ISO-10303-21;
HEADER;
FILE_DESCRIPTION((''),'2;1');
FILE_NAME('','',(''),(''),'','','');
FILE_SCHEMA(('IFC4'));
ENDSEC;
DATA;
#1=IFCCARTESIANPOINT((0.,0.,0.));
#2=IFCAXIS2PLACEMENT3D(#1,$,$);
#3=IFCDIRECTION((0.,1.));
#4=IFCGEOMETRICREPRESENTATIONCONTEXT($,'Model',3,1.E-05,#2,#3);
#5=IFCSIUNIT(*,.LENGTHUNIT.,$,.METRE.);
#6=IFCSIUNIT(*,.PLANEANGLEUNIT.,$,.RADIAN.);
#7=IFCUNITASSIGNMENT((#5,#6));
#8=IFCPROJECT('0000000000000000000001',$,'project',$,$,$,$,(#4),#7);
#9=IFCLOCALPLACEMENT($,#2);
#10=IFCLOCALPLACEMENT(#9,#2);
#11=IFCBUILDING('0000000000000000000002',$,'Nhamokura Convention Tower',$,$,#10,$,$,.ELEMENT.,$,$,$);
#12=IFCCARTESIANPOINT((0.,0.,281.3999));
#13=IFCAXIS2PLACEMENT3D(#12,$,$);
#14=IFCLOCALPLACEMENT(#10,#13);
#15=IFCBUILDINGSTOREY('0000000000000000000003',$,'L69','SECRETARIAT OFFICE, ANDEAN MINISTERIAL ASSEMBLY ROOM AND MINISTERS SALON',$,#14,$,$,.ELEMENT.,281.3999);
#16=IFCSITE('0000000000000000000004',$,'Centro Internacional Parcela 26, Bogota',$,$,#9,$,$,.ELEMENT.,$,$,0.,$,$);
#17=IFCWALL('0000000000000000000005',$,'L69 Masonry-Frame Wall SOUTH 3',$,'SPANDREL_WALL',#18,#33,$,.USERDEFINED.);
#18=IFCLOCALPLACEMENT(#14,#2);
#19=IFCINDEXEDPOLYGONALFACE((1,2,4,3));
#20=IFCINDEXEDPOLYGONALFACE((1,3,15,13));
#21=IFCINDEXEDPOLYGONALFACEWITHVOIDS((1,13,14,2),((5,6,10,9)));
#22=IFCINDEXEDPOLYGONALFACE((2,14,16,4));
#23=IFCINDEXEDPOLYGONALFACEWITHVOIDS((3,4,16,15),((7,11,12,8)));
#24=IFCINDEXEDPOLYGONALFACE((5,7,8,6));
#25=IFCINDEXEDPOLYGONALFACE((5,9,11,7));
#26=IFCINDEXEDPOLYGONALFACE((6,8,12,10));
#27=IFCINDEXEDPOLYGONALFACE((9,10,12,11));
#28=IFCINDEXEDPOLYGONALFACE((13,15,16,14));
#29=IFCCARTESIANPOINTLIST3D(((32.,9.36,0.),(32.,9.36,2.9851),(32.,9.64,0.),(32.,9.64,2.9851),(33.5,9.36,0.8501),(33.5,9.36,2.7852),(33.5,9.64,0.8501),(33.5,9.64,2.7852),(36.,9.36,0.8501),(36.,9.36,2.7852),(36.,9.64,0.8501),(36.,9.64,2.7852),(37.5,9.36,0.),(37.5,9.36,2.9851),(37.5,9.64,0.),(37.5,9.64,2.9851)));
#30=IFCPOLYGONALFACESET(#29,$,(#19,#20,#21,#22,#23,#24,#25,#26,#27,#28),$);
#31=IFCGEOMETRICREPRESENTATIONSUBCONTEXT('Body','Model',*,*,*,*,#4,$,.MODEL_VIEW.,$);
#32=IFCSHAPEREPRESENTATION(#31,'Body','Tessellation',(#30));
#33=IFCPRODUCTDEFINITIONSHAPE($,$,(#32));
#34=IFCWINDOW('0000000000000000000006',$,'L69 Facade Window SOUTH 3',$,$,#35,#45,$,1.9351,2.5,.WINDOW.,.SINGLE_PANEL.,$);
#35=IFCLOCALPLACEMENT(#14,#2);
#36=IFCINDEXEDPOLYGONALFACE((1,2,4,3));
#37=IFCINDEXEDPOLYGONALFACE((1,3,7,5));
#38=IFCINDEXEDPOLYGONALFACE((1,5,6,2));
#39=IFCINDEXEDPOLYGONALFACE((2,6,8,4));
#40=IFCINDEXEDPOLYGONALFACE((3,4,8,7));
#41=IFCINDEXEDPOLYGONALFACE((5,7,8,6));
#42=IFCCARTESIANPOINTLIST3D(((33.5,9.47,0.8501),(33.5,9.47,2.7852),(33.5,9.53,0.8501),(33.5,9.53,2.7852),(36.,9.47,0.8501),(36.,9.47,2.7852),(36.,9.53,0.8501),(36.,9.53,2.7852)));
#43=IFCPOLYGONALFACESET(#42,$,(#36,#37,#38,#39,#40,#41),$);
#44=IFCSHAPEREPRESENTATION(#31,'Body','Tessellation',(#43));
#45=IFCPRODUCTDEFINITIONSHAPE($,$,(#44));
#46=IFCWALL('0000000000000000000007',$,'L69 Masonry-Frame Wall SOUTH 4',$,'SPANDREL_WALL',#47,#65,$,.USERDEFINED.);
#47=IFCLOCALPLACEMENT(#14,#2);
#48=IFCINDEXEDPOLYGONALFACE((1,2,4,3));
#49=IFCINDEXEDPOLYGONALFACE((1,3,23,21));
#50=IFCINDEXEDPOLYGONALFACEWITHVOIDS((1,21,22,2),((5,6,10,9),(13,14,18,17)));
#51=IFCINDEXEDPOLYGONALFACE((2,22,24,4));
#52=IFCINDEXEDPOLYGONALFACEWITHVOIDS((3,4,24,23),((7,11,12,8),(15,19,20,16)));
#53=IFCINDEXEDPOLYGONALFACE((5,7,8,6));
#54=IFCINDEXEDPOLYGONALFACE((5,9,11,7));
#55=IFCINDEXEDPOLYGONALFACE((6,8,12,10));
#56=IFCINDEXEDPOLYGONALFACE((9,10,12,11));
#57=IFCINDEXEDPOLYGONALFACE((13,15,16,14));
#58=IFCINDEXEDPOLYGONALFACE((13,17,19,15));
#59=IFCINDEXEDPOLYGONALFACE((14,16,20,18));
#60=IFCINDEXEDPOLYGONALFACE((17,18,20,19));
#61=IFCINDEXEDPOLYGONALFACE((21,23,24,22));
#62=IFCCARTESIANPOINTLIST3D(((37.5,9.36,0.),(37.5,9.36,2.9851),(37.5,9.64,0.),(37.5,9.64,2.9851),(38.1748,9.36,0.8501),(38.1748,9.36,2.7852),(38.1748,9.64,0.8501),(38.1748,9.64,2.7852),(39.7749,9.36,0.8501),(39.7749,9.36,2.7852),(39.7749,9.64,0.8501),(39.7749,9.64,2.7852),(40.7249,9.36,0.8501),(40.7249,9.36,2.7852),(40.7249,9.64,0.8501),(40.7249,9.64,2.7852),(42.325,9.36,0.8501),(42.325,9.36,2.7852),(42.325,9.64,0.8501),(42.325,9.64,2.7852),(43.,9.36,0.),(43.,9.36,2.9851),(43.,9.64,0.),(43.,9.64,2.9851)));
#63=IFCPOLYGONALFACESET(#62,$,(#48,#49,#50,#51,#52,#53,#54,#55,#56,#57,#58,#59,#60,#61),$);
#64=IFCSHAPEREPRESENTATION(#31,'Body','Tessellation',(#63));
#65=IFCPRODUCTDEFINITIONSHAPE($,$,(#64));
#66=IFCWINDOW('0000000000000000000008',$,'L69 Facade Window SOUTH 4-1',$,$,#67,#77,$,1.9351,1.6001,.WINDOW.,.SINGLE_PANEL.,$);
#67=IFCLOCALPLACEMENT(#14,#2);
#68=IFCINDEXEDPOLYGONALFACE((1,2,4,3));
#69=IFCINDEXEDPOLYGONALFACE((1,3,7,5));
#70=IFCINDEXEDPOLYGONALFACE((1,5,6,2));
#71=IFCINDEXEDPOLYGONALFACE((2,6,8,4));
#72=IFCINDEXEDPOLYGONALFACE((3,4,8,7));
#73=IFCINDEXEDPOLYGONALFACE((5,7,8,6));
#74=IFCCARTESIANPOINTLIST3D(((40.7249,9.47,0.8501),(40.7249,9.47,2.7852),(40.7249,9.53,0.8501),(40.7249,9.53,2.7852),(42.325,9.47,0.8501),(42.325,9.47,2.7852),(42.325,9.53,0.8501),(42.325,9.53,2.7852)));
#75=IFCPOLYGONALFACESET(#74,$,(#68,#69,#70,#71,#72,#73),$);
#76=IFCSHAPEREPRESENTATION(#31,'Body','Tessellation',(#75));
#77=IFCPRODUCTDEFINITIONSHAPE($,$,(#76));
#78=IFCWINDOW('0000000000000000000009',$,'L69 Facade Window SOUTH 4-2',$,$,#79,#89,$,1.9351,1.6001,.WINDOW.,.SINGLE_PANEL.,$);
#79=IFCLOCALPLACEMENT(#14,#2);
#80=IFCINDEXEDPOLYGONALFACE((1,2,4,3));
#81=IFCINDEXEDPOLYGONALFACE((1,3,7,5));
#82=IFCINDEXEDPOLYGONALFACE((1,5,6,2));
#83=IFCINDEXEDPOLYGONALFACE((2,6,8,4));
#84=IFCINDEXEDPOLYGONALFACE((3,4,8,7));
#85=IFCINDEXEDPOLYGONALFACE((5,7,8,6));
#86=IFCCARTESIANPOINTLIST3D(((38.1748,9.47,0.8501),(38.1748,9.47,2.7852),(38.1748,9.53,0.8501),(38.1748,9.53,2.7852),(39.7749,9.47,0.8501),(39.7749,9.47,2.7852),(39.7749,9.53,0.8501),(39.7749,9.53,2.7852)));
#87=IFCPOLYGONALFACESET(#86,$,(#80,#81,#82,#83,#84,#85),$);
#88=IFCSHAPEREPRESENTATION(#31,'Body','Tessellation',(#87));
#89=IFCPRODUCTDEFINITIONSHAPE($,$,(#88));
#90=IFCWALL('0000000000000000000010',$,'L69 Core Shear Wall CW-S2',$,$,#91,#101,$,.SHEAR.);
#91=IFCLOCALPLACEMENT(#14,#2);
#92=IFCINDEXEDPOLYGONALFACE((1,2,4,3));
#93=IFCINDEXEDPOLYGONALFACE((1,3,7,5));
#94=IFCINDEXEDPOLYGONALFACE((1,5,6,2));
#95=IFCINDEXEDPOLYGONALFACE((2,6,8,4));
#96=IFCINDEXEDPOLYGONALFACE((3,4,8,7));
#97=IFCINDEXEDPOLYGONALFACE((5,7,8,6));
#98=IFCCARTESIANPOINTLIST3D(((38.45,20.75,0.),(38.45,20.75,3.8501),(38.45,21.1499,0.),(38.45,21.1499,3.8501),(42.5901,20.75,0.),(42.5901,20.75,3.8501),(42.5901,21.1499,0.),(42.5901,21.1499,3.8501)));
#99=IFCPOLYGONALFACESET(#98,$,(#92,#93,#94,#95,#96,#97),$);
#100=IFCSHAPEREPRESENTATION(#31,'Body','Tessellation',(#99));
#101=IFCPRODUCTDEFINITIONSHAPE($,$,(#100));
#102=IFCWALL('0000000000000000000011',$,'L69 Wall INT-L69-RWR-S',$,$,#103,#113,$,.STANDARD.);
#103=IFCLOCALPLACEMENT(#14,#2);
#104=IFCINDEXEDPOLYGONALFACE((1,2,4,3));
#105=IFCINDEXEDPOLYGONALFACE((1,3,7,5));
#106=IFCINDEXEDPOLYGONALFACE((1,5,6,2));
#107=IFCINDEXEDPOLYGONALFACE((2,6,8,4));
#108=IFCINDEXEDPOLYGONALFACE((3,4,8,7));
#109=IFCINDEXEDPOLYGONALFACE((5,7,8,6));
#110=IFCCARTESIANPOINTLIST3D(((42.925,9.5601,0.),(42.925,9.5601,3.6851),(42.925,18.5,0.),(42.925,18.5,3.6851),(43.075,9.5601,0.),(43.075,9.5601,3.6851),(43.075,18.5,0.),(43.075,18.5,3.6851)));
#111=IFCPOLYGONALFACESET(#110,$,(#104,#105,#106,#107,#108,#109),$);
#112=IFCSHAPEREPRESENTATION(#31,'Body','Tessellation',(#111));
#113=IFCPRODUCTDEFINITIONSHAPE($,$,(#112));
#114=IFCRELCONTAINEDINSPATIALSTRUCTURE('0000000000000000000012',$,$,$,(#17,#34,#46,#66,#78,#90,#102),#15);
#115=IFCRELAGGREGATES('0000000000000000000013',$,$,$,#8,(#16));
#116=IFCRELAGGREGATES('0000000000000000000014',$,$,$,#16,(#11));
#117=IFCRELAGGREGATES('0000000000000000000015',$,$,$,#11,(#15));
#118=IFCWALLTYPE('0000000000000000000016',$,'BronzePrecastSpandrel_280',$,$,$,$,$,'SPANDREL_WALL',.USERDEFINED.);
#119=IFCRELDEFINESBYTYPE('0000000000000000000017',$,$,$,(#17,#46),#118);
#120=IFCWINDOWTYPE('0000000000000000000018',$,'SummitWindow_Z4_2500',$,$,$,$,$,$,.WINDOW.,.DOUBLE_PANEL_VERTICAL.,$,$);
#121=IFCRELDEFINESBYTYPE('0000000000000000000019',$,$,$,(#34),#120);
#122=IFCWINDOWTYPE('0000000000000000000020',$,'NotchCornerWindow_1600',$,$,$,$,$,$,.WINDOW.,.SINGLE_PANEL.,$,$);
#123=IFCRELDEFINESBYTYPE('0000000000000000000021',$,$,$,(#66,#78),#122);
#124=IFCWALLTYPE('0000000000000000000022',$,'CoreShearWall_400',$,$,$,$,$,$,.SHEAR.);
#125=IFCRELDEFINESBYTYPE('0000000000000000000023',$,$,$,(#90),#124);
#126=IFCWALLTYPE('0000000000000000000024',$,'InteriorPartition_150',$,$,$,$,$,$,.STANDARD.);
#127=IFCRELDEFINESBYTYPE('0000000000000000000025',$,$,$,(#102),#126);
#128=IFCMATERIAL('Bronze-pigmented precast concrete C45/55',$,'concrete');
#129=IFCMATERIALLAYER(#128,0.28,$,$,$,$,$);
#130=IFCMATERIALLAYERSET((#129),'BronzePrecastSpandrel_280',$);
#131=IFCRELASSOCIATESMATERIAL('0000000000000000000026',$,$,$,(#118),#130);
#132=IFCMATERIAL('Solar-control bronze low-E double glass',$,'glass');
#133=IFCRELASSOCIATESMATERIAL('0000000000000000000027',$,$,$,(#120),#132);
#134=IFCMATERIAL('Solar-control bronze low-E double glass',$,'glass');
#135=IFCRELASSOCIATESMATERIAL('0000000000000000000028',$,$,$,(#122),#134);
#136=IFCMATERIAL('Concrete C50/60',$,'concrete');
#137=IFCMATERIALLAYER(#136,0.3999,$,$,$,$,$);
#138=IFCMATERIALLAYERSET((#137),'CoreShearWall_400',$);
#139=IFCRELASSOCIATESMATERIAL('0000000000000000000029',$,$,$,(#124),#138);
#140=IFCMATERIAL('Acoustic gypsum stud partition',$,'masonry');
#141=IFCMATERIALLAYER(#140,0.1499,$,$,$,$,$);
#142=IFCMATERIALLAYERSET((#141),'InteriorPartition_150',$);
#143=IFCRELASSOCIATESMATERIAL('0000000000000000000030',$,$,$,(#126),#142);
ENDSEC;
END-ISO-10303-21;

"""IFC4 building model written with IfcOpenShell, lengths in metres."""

from ifc_helpers import new_model, si_unit, direction, frame, frame_2d, origin, place, context, subcontext, project, spatial, rectangle, extrude, material, layer, layer_set, type_object, element, fill, save


model = new_model("IFC4")

# Units and contexts
model_context = context("Model", 3, precision=1e-05, world=origin(), true_north=direction((0.0, 1.0)))
body_context = subcontext(model_context, "Body", "Model", "MODEL_VIEW")
ifc_project = project(units=[si_unit("LENGTHUNIT", "METRE"), si_unit("PLANEANGLEUNIT", "RADIAN")], contexts=[model_context])

# Site, building, storey
site_placement = place(None, origin())
site = spatial("IfcSite", under=ifc_project, at=site_placement, Name="Centro Internacional Parcela 26, Bogota", CompositionType="ELEMENT", RefElevation=0.0)
building_placement = place(site_placement, origin())
building = spatial("IfcBuilding", under=site, at=building_placement, Name="Nhamokura Convention Tower", CompositionType="ELEMENT")
storey_placement = place(building_placement, frame((0.0, 0.0, 281.3999)))
storey = spatial("IfcBuildingStorey", under=building, at=storey_placement, Name="L69", Description="SECRETARIAT OFFICE, ANDEAN MINISTERIAL ASSEMBLY ROOM AND MINISTERS SALON", CompositionType="ELEMENT", Elevation=281.3999)

# Wall, opening, window
ifc_material_1 = material(Name="Bronze-pigmented precast concrete C45/55", Category="concrete")
ifc_layer_1 = layer(ifc_material_1, 0.28)
ifc_layer_set_1 = layer_set([ifc_layer_1], Name="BronzePrecastSpandrel_280")
wall_type_1 = type_object("IfcWallType", Name="BronzePrecastSpandrel_280", ElementType="SPANDREL_WALL", PredefinedType="USERDEFINED", material=ifc_layer_set_1)
ifc_material_2 = material(Name="Solar-control bronze low-E double glass", Category="glass")
window_type_1 = type_object("IfcWindowType", Name="SummitWindow_Z4_2500", PartitioningType="DOUBLE_PANEL_VERTICAL", PredefinedType="WINDOW", material=ifc_material_2)
wall_1_placement = place(storey_placement, frame((37.5, 9.5, 0.0), z_axis=(0.0, 0.0, 1.0), x_axis=(-1.0, 0.0, 0.0)))
wall_1 = element("IfcWall", 1, at=wall_1_placement, inside=storey, type_object=wall_type_1, Name="L69 Masonry-Frame Wall SOUTH 3", ObjectType="SPANDREL_WALL", PredefinedType="USERDEFINED", context=body_context, shape_type="SweptSolid", body=[
    extrude(rectangle(XDim=5.5, YDim=0.28, at=frame_2d((2.75, 0.0))), origin(), (0.0, 0.0, 1.0), 2.9851),
])
opening_1_placement = place(wall_1_placement, frame((1.5, 0.0, 0.8501)))
opening_1 = element("IfcOpeningElement", 2, at=opening_1_placement, cuts=wall_1, PredefinedType="OPENING", context=body_context, shape_type="SweptSolid", body=[
    extrude(rectangle(XDim=2.5, YDim=1.9351, at=frame_2d((1.25, 0.9675))), frame((0.0, 0.1499, 0.0), z_axis=(0.0, -1.0, 0.0), x_axis=(1.0, 0.0, 0.0)), (0.0, 0.0, 1.0), 0.3),
])
window_1_placement = place(opening_1_placement, origin())
window_1 = element("IfcWindow", 3, at=window_1_placement, inside=storey, type_object=window_type_1, Name="L69 Facade Window SOUTH 3", OverallHeight=1.9351, OverallWidth=2.5, PartitioningType="SINGLE_PANEL", PredefinedType="WINDOW", context=body_context, shape_type="SweptSolid", body=[
    extrude(rectangle(XDim=2.5, YDim=1.9351, at=frame_2d((1.25, 0.9675))), frame((0.0, 0.03, 0.0), z_axis=(0.0, -1.0, 0.0), x_axis=(1.0, 0.0, 0.0)), (0.0, 0.0, 1.0), 0.0601),
])
fill(opening_1, window_1)

# Wall, openings, windows
wall_2_placement = place(storey_placement, frame((43.0, 9.5, 0.0), z_axis=(0.0, 0.0, 1.0), x_axis=(-1.0, 0.0, 0.0)))
wall_2 = element("IfcWall", 4, at=wall_2_placement, inside=storey, type_object=wall_type_1, Name="L69 Masonry-Frame Wall SOUTH 4", ObjectType="SPANDREL_WALL", PredefinedType="USERDEFINED", context=body_context, shape_type="SweptSolid", body=[
    extrude(rectangle(XDim=5.5, YDim=0.28, at=frame_2d((2.75, 0.0))), origin(), (0.0, 0.0, 1.0), 2.9851),
])
opening_2_placement = place(wall_2_placement, frame((0.675, 0.0, 0.8501)))
opening_2 = element("IfcOpeningElement", 5, at=opening_2_placement, cuts=wall_2, PredefinedType="OPENING", context=body_context, shape_type="SweptSolid", body=[
    extrude(rectangle(XDim=1.6001, YDim=1.9351, at=frame_2d((0.8, 0.9675))), frame((0.0, 0.1499, 0.0), z_axis=(0.0, -1.0, 0.0), x_axis=(1.0, 0.0, 0.0)), (0.0, 0.0, 1.0), 0.3),
])
opening_3_placement = place(wall_2_placement, frame((3.2251, 0.0, 0.8501)))
opening_3 = element("IfcOpeningElement", 6, at=opening_3_placement, cuts=wall_2, PredefinedType="OPENING", context=body_context, shape_type="SweptSolid", body=[
    extrude(rectangle(XDim=1.6001, YDim=1.9351, at=frame_2d((0.8, 0.9675))), frame((0.0, 0.1499, 0.0), z_axis=(0.0, -1.0, 0.0), x_axis=(1.0, 0.0, 0.0)), (0.0, 0.0, 1.0), 0.3),
])
ifc_material_3 = material(Name="Solar-control bronze low-E double glass", Category="glass")
window_type_2 = type_object("IfcWindowType", Name="NotchCornerWindow_1600", PartitioningType="SINGLE_PANEL", PredefinedType="WINDOW", material=ifc_material_3)
window_2_placement = place(opening_2_placement, origin())
window_2 = element("IfcWindow", 7, at=window_2_placement, inside=storey, type_object=window_type_2, Name="L69 Facade Window SOUTH 4-1", OverallHeight=1.9351, OverallWidth=1.6001, PartitioningType="SINGLE_PANEL", PredefinedType="WINDOW", context=body_context, shape_type="SweptSolid", body=[
    extrude(rectangle(XDim=1.6001, YDim=1.9351, at=frame_2d((0.8, 0.9675))), frame((0.0, 0.03, 0.0), z_axis=(0.0, -1.0, 0.0), x_axis=(1.0, 0.0, 0.0)), (0.0, 0.0, 1.0), 0.0601),
])
fill(opening_2, window_2)
window_3_placement = place(opening_3_placement, origin())
window_3 = element("IfcWindow", 8, at=window_3_placement, inside=storey, type_object=window_type_2, Name="L69 Facade Window SOUTH 4-2", OverallHeight=1.9351, OverallWidth=1.6001, PartitioningType="SINGLE_PANEL", PredefinedType="WINDOW", context=body_context, shape_type="SweptSolid", body=[
    extrude(rectangle(XDim=1.6001, YDim=1.9351, at=frame_2d((0.8, 0.9675))), frame((0.0, 0.03, 0.0), z_axis=(0.0, -1.0, 0.0), x_axis=(1.0, 0.0, 0.0)), (0.0, 0.0, 1.0), 0.0601),
])
fill(opening_3, window_3)

# Shared definitions
ifc_material_4 = material(Name="Concrete C50/60", Category="concrete")
ifc_layer_2 = layer(ifc_material_4, 0.3999)
ifc_layer_set_2 = layer_set([ifc_layer_2], Name="CoreShearWall_400")
wall_type_2 = type_object("IfcWallType", Name="CoreShearWall_400", PredefinedType="SHEAR", material=ifc_layer_set_2)

# Wall
wall_3_placement = place(storey_placement, frame((38.45, 20.95, 0.0), z_axis=(0.0, 0.0, 1.0), x_axis=(1.0, 0.0, 0.0)))
element("IfcWall", 9, at=wall_3_placement, inside=storey, type_object=wall_type_2, Name="L69 Core Shear Wall CW-S2", PredefinedType="SHEAR", context=body_context, shape_type="SweptSolid", body=[
    extrude(rectangle(XDim=4.1401, YDim=0.3999, at=frame_2d((2.0701, 0.0))), origin(), (0.0, 0.0, 1.0), 3.8501),
])

# Wall
ifc_material_5 = material(Name="Acoustic gypsum stud partition", Category="masonry")
ifc_layer_3 = layer(ifc_material_5, 0.1499)
ifc_layer_set_3 = layer_set([ifc_layer_3], Name="InteriorPartition_150")
wall_type_3 = type_object("IfcWallType", Name="InteriorPartition_150", PredefinedType="STANDARD", material=ifc_layer_set_3)
wall_4_placement = place(storey_placement, frame((43.0, 9.5601, 0.0), z_axis=(0.0, 0.0, 1.0), x_axis=(0.0, 1.0, 0.0)))
element("IfcWall", 10, at=wall_4_placement, inside=storey, type_object=wall_type_3, Name="L69 Wall INT-L69-RWR-S", PredefinedType="STANDARD", context=body_context, shape_type="SweptSolid", body=[
    extrude(rectangle(XDim=8.9399, YDim=0.1499, at=frame_2d((4.47, 0.0))), origin(), (0.0, 0.0, 1.0), 3.6851),
])

save(model, "model.ifc")
